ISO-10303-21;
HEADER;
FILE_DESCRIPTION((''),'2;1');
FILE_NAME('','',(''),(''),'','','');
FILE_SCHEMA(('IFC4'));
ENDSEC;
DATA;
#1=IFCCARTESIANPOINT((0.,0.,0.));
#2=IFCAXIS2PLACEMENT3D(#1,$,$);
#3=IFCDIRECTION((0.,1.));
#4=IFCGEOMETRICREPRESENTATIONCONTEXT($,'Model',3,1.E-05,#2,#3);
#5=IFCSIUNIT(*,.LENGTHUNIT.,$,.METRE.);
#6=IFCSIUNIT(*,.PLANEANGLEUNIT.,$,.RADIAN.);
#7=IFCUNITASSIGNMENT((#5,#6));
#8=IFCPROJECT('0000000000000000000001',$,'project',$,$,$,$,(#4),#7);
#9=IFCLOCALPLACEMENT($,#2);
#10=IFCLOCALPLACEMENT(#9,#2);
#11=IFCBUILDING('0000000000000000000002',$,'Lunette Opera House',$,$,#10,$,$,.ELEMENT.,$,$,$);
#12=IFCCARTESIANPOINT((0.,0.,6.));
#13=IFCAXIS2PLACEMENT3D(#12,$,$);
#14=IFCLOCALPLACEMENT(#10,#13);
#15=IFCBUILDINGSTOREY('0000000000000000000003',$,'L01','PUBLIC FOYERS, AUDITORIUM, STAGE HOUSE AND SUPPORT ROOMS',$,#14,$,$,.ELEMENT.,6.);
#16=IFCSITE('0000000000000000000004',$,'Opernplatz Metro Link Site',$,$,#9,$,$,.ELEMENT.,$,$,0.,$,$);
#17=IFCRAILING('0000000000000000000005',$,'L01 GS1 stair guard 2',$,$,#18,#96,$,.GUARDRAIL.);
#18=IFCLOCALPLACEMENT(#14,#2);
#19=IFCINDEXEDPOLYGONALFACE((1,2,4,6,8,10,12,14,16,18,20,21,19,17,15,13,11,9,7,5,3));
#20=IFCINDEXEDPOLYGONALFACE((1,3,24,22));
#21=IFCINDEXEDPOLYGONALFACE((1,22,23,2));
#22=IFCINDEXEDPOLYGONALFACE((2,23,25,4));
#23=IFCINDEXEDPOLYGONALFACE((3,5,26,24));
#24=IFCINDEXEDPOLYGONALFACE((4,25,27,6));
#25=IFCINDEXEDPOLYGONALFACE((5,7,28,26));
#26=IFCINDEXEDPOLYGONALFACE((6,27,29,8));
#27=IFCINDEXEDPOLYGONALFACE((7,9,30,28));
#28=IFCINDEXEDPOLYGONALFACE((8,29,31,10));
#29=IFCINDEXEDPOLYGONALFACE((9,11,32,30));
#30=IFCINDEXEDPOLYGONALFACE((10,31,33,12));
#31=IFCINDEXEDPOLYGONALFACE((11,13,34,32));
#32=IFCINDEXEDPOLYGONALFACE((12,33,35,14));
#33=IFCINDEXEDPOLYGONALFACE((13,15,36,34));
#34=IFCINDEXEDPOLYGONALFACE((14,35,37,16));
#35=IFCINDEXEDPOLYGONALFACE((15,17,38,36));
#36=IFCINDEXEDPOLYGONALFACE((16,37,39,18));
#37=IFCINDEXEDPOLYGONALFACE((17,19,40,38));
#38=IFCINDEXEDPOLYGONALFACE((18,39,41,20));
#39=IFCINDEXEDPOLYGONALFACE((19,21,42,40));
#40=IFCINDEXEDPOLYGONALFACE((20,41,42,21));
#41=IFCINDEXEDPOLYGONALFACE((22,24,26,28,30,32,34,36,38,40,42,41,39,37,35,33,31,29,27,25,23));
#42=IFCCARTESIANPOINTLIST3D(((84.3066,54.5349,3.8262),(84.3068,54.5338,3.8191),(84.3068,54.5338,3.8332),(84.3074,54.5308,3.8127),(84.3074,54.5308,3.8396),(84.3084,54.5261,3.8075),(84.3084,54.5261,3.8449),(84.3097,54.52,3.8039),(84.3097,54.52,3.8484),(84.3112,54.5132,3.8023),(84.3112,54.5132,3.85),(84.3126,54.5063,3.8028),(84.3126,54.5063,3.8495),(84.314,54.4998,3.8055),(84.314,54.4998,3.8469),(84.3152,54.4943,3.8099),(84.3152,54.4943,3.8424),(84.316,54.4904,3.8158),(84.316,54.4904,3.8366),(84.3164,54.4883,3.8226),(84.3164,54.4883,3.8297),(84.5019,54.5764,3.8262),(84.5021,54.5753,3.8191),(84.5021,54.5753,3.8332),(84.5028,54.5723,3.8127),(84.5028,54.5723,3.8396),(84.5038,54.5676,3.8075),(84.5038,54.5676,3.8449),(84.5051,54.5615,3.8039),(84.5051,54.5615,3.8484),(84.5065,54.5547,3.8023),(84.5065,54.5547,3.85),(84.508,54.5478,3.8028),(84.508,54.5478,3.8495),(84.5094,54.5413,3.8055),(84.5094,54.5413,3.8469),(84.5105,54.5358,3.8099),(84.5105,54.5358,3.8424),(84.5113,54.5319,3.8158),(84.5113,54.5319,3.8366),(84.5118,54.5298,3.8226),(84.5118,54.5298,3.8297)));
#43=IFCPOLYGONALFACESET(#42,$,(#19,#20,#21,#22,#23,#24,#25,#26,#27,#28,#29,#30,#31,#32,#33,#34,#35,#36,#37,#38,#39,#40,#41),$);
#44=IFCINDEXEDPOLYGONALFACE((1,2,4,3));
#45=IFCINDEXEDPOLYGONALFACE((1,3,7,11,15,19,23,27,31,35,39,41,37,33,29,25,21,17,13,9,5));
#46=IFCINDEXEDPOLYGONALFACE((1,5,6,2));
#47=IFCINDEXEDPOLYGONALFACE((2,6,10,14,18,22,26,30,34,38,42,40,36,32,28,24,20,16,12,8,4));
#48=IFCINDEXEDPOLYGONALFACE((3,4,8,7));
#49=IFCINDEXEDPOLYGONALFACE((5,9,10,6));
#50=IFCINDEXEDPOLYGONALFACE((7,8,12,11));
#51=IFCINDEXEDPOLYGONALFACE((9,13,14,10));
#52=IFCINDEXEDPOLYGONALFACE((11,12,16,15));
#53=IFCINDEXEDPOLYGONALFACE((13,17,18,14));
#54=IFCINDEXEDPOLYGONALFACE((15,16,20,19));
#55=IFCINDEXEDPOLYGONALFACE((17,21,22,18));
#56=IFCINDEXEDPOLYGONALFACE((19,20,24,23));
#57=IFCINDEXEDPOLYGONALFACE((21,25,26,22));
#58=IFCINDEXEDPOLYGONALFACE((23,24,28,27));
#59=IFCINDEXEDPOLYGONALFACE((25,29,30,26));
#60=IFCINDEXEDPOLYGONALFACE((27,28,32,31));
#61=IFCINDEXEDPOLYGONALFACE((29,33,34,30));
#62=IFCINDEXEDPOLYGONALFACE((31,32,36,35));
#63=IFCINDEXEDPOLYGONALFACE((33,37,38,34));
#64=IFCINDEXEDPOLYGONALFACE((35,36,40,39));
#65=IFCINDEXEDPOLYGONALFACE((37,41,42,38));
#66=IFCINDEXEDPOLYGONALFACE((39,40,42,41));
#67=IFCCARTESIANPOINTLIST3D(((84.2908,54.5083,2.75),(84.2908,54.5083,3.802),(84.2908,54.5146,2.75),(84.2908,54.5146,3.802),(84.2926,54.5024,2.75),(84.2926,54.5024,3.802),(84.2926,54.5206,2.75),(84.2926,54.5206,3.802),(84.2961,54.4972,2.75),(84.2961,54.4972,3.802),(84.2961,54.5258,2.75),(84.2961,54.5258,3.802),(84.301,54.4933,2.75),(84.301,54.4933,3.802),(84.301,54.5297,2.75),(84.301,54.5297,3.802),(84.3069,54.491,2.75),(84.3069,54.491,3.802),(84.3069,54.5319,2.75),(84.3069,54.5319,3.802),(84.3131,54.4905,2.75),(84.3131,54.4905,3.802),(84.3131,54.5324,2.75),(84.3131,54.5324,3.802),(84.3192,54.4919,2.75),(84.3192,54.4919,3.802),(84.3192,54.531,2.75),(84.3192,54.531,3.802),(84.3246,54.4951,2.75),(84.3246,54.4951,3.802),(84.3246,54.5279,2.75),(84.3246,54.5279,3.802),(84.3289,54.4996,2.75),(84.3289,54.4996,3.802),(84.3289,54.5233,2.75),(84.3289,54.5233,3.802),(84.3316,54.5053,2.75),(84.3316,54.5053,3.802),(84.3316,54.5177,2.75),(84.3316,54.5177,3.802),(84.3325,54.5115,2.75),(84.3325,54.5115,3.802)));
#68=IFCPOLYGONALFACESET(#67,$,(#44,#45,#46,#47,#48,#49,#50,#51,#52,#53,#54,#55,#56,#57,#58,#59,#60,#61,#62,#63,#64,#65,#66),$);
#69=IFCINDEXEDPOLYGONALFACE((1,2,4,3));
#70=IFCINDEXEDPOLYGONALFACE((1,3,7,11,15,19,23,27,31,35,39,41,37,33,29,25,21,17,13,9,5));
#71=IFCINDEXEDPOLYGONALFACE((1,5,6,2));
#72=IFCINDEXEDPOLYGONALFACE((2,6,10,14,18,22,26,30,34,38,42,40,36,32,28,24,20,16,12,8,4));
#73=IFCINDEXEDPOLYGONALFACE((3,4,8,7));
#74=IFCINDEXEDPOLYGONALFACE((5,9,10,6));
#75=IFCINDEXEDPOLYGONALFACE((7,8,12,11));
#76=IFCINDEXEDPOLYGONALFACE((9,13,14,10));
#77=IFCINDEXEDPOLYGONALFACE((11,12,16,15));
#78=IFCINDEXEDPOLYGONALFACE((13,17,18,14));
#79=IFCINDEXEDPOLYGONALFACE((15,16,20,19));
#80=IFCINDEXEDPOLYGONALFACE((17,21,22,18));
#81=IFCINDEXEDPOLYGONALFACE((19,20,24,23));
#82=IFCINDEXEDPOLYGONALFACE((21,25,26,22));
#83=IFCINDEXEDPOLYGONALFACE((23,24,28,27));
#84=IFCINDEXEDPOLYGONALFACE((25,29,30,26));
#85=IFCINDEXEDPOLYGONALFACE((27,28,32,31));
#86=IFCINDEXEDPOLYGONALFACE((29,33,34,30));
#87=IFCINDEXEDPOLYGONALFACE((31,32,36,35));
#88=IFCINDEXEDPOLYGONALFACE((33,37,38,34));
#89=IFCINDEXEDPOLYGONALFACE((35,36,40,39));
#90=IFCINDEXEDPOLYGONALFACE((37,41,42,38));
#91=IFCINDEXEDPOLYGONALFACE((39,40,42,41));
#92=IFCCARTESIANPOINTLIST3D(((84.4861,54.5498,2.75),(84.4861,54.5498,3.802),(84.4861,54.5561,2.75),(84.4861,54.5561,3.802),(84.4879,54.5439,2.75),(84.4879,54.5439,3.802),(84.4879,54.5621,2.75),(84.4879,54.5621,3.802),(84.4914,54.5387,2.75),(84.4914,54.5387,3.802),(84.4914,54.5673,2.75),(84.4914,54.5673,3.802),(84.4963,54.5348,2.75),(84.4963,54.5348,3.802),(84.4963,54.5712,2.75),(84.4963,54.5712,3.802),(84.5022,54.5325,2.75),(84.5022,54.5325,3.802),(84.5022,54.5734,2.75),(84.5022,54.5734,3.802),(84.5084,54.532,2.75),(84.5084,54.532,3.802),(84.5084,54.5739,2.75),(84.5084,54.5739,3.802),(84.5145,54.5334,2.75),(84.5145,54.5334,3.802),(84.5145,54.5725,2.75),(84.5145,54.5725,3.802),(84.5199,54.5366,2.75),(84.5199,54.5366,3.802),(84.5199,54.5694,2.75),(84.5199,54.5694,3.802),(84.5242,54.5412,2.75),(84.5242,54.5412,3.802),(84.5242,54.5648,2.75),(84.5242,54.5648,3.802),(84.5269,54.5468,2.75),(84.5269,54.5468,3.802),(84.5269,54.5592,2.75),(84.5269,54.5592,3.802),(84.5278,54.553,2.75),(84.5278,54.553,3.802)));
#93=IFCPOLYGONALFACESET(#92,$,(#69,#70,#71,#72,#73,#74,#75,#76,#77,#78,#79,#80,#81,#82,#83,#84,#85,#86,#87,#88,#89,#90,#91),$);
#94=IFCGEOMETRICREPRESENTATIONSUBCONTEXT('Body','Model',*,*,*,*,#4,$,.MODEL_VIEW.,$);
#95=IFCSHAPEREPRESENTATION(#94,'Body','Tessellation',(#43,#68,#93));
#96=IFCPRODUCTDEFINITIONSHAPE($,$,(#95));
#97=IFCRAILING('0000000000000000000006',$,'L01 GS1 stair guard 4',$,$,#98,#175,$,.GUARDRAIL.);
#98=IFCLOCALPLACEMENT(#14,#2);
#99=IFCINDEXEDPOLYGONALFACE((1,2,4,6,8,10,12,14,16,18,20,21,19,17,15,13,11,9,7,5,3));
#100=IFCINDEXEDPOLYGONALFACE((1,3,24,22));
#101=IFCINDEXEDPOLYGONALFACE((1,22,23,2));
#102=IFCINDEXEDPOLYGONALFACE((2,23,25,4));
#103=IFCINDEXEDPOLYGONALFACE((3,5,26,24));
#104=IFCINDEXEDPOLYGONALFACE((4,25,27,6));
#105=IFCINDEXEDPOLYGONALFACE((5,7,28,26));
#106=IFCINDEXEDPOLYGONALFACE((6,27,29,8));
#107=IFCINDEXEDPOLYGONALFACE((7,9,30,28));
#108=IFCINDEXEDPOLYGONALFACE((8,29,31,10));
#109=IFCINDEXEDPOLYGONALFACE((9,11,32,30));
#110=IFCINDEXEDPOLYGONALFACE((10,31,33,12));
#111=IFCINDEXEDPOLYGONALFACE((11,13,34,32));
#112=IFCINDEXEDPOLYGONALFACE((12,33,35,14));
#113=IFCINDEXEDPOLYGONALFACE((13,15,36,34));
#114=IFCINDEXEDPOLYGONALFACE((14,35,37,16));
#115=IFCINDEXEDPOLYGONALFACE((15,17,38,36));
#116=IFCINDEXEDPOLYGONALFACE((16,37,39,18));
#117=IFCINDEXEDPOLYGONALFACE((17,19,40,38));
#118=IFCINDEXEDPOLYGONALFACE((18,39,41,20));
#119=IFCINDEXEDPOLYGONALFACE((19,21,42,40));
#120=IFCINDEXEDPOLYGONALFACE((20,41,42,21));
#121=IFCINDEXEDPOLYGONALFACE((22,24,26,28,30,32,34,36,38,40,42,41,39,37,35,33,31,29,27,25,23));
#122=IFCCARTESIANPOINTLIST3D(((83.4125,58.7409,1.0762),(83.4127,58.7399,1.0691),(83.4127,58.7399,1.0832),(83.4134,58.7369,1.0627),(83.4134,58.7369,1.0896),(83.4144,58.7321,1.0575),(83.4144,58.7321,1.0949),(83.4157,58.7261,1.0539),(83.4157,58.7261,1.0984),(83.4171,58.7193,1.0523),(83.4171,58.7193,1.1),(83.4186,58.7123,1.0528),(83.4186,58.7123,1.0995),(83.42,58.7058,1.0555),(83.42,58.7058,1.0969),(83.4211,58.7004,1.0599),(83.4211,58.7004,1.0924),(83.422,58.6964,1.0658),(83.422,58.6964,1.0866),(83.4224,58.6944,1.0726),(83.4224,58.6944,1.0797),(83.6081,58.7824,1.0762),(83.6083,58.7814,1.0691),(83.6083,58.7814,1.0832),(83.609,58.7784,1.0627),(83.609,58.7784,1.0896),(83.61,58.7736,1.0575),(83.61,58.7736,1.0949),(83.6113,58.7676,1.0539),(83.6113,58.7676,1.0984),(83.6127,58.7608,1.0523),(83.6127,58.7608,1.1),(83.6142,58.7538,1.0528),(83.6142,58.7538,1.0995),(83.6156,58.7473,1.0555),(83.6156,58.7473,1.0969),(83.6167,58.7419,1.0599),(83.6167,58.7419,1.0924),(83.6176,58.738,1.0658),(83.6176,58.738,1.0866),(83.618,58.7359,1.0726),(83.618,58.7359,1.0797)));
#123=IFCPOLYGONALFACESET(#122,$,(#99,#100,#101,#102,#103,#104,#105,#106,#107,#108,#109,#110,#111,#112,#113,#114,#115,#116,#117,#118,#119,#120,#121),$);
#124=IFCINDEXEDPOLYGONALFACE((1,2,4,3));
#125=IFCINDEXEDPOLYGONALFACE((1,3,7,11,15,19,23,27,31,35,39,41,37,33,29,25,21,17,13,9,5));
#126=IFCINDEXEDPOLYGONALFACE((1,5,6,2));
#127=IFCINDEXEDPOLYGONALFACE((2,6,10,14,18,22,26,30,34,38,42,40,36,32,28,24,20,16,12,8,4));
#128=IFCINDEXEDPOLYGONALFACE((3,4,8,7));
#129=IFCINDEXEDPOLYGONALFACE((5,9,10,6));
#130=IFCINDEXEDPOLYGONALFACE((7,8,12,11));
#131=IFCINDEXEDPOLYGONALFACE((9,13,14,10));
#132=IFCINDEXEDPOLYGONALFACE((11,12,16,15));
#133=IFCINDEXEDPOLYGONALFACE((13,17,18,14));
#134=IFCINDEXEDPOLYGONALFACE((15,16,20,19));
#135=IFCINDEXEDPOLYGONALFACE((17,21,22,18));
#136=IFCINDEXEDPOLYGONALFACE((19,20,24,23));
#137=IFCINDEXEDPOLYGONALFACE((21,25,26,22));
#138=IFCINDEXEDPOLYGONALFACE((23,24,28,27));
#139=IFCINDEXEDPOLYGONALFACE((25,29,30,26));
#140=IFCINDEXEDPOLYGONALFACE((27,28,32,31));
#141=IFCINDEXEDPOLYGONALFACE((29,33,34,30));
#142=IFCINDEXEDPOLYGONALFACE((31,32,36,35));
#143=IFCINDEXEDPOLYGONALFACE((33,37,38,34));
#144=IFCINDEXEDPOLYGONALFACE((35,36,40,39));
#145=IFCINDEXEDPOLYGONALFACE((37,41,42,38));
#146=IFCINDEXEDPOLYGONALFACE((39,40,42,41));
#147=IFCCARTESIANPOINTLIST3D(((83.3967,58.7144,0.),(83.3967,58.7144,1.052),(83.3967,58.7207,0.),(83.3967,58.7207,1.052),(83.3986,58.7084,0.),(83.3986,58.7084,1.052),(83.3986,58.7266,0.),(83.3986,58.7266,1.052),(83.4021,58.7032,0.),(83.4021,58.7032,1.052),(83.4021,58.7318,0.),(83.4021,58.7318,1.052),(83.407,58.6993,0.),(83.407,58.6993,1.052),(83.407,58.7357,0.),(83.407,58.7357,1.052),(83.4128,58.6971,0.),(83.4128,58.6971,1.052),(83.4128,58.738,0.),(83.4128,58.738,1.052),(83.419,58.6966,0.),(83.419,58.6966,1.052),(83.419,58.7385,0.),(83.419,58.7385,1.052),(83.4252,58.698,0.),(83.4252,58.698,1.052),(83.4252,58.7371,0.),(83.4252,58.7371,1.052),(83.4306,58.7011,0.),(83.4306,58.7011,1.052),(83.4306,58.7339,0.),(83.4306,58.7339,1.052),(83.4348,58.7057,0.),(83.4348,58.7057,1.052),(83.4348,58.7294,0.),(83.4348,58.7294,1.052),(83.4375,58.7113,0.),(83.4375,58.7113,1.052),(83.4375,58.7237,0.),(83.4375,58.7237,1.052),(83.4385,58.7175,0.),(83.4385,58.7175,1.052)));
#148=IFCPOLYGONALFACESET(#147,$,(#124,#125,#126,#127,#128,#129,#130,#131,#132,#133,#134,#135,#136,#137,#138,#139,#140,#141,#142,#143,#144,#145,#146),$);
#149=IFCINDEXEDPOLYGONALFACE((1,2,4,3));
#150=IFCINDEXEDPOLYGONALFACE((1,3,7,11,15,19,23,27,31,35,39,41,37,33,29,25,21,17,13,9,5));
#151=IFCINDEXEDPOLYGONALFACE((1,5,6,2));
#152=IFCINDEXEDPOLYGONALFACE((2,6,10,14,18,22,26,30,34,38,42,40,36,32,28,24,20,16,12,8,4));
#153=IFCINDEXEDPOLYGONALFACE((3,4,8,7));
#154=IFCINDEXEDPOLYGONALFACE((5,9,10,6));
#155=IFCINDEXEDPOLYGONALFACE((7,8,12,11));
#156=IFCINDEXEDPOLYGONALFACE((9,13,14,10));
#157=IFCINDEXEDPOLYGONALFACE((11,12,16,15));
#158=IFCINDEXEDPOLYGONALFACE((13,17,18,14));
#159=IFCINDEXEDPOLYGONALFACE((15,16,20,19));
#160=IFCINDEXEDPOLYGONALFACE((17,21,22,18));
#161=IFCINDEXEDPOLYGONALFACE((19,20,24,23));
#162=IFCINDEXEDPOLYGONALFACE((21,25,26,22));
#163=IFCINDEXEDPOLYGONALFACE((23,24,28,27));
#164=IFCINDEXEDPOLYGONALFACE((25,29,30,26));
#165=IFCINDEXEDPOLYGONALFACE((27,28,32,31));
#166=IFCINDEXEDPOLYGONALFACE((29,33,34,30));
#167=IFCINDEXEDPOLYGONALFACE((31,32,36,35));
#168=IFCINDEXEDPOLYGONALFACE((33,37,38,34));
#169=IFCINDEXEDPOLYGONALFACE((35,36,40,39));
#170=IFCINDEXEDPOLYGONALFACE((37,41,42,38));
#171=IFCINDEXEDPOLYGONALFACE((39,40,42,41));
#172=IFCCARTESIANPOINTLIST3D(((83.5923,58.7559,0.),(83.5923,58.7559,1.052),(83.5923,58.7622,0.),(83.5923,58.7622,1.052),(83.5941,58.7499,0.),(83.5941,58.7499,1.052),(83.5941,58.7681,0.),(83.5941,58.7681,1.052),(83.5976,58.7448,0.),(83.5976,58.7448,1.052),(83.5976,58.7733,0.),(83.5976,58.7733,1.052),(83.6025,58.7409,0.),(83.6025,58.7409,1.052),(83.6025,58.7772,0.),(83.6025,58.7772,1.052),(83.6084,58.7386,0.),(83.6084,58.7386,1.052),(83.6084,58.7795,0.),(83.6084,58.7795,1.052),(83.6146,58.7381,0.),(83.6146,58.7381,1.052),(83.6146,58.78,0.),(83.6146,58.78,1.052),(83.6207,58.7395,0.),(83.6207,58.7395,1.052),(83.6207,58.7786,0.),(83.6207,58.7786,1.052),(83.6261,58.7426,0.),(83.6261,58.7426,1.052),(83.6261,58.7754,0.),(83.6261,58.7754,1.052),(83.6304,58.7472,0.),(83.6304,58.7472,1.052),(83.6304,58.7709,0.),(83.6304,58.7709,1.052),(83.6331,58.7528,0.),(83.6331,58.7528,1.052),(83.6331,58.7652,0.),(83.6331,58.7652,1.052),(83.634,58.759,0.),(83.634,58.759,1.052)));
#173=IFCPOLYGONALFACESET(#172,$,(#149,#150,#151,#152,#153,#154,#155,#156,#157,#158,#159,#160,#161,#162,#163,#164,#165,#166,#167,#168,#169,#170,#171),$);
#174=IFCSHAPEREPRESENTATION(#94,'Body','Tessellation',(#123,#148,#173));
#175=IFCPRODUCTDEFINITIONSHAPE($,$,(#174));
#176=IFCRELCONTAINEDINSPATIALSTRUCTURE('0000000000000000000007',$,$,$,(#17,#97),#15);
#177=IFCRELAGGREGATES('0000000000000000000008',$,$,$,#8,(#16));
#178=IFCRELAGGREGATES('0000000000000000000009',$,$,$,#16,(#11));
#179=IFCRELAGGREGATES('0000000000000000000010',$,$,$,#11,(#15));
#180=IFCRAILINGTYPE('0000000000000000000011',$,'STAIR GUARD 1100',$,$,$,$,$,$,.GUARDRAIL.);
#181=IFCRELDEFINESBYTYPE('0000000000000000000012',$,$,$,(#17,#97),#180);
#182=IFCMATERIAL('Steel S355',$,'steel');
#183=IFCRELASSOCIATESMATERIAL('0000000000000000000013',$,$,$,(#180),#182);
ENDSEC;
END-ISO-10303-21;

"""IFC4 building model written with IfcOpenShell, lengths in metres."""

from ifc_helpers import new_model, si_unit, direction, frame, origin, origin_2d, place, context, subcontext, project, spatial, circle, extrude, material, type_object, element, save


model = new_model("IFC4")

# Units and contexts
model_context = context("Model", 3, precision=1e-05, world=origin(), true_north=direction((0.0, 1.0)))
body_context = subcontext(model_context, "Body", "Model", "MODEL_VIEW")
ifc_project = project(units=[si_unit("LENGTHUNIT", "METRE"), si_unit("PLANEANGLEUNIT", "RADIAN")], contexts=[model_context])

# Site, building, storey
site_placement = place(None, origin())
site = spatial("IfcSite", under=ifc_project, at=site_placement, Name="Opernplatz Metro Link Site", CompositionType="ELEMENT", RefElevation=0.0)
building_placement = place(site_placement, origin())
building = spatial("IfcBuilding", under=site, at=building_placement, Name="Lunette Opera House", CompositionType="ELEMENT")
storey_placement = place(building_placement, frame((0.0, 0.0, 6.0)))
storey = spatial("IfcBuildingStorey", under=building, at=storey_placement, Name="L01", Description="PUBLIC FOYERS, AUDITORIUM, STAGE HOUSE AND SUPPORT ROOMS", CompositionType="ELEMENT", Elevation=6.0)

# Railings
ifc_material_1 = material(Name="Steel S355", Category="steel")
railing_type_1 = type_object("IfcRailingType", Name="STAIR GUARD 1100", PredefinedType="GUARDRAIL", material=ifc_material_1)
railing_1_placement = place(storey_placement, frame((84.3115, 54.5115, 2.75)))
element("IfcRailing", 1, at=railing_1_placement, inside=storey, type_object=railing_type_1, Name="L01 GS1 stair guard 2", PredefinedType="GUARDRAIL", context=body_context, shape_type="SweptSolid", body=[
    extrude(circle(Radius=0.0239, at=origin_2d()), frame((0.0, 0.0, 1.0762), z_axis=(0.978159, 0.207859, 0.0), x_axis=(-0.207859, 0.978159, 0.0)), (0.0, 0.0, 1.0), 0.1997),
    extrude(circle(Radius=0.021, at=origin_2d()), origin(), (0.0, 0.0, 1.0), 1.052),
    extrude(circle(Radius=0.021, at=origin_2d()), frame((0.1953, 0.0415, 0.0)), (0.0, 0.0, 1.0), 1.052),
])
railing_2_placement = place(storey_placement, frame((83.4175, 58.7175, 0.0)))
element("IfcRailing", 2, at=railing_2_placement, inside=storey, type_object=railing_type_1, Name="L01 GS1 stair guard 4", PredefinedType="GUARDRAIL", context=body_context, shape_type="SweptSolid", body=[
    extrude(circle(Radius=0.0239, at=origin_2d()), frame((0.0, 0.0, 1.0762), z_axis=(0.978212, 0.20761, 0.0), x_axis=(-0.20761, 0.978212, 0.0)), (0.0, 0.0, 1.0), 0.2),
    extrude(circle(Radius=0.021, at=origin_2d()), origin(), (0.0, 0.0, 1.0), 1.052),
    extrude(circle(Radius=0.021, at=origin_2d()), frame((0.1956, 0.0415, 0.0)), (0.0, 0.0, 1.0), 1.052),
])

save(model, "model.ifc")
